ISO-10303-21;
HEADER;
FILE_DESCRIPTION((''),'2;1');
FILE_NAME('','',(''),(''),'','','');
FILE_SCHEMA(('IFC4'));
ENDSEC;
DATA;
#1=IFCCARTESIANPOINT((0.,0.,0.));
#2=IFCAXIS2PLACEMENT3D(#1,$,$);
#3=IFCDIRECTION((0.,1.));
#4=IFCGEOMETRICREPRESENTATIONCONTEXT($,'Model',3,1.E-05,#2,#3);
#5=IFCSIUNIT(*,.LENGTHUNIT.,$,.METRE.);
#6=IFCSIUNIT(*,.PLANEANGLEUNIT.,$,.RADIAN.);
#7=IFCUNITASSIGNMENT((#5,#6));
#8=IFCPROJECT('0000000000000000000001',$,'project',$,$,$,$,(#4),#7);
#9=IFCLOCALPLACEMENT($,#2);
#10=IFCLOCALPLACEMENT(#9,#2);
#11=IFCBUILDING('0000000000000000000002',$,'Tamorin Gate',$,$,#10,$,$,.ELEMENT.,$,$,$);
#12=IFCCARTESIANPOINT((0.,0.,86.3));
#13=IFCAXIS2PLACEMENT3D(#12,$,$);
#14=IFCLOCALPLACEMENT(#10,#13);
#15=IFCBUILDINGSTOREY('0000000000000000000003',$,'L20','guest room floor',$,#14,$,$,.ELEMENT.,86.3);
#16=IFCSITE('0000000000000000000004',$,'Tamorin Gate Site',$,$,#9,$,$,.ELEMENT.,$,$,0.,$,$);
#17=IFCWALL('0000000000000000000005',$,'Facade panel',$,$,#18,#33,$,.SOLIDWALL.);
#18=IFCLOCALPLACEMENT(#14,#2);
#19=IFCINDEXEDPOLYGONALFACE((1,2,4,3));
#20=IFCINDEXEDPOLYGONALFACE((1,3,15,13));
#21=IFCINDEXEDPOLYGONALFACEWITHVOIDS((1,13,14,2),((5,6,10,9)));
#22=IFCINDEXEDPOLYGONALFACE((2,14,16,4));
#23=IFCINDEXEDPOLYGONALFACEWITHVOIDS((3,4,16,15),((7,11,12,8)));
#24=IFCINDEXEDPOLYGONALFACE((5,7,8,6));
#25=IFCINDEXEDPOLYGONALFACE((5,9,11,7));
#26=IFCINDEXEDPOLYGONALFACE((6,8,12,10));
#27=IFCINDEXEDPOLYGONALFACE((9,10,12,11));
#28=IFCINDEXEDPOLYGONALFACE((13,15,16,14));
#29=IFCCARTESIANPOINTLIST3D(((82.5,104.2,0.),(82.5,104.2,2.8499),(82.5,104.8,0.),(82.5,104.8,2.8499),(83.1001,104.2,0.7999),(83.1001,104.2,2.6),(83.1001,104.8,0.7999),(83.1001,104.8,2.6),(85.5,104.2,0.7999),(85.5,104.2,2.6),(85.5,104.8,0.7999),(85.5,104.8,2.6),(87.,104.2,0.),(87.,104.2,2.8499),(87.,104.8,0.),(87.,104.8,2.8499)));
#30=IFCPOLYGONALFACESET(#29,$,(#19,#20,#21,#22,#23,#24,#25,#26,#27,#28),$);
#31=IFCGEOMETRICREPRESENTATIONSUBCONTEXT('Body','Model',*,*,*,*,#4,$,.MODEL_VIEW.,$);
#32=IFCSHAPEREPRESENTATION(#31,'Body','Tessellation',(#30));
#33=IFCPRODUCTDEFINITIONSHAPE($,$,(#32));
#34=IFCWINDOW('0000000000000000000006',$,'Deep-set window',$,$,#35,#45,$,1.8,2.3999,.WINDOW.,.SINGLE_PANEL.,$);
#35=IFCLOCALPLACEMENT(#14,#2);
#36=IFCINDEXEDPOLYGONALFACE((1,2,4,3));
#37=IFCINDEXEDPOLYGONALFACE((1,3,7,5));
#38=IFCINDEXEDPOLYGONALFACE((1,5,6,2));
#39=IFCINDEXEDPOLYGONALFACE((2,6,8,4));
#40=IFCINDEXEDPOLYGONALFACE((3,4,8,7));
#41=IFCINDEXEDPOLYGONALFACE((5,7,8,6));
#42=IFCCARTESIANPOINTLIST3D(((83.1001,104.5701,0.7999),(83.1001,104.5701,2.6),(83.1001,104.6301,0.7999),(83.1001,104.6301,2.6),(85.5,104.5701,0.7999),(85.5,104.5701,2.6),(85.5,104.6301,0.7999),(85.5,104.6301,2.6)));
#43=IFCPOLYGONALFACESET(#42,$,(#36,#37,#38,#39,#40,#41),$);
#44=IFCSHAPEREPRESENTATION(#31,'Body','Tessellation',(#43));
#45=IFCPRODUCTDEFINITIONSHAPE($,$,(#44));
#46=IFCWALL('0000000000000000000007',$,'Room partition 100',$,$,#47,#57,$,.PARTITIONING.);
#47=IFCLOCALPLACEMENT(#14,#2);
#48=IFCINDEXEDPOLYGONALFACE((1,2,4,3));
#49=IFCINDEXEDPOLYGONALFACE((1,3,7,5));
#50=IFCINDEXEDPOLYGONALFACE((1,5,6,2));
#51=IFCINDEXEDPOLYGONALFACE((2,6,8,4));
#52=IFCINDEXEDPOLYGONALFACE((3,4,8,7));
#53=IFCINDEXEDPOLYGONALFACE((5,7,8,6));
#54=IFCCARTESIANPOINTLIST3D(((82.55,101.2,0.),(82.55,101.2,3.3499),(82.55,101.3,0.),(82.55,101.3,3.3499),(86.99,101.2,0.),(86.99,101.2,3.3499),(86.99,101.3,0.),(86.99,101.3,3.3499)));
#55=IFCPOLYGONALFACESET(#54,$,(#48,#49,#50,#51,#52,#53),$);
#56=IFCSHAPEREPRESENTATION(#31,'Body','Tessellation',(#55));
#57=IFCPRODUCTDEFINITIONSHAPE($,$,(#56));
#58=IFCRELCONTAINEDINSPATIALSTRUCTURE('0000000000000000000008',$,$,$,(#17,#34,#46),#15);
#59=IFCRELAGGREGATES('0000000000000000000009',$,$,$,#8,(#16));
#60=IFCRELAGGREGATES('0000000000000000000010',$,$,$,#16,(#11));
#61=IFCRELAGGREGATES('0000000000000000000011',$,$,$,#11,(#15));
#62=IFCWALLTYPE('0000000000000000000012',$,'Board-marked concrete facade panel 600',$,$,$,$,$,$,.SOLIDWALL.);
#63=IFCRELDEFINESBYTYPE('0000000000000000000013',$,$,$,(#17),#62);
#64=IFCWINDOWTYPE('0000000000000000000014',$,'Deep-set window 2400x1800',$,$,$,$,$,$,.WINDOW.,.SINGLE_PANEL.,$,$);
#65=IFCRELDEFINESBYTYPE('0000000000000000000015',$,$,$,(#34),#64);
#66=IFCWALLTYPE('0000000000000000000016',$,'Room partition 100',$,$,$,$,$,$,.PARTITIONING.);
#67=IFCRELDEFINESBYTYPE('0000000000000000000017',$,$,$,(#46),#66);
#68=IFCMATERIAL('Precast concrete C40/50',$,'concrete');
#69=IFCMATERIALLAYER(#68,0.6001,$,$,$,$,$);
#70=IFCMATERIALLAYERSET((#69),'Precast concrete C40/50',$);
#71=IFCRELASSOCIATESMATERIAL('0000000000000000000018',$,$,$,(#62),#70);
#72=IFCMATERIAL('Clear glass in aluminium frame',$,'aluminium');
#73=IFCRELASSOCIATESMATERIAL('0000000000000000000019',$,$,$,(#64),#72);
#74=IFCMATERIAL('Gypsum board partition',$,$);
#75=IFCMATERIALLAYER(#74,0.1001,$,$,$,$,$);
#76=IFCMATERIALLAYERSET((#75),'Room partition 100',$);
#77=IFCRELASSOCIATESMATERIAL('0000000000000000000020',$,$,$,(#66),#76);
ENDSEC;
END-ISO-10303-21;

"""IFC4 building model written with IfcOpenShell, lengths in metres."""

from ifc_helpers import new_model, si_unit, direction, frame, frame_2d, origin, place, context, subcontext, project, spatial, rectangle, extrude, material, layer, layer_set, type_object, element, fill, save


model = new_model("IFC4")

# Units and contexts
model_context = context("Model", 3, precision=1e-05, world=origin(), true_north=direction((0.0, 1.0)))
body_context = subcontext(model_context, "Body", "Model", "MODEL_VIEW")
ifc_project = project(units=[si_unit("LENGTHUNIT", "METRE"), si_unit("PLANEANGLEUNIT", "RADIAN")], contexts=[model_context])

# Site, building, storey
site_placement = place(None, origin())
site = spatial("IfcSite", under=ifc_project, at=site_placement, Name="Tamorin Gate Site", CompositionType="ELEMENT", RefElevation=0.0)
building_placement = place(site_placement, origin())
building = spatial("IfcBuilding", under=site, at=building_placement, Name="Tamorin Gate", CompositionType="ELEMENT")
storey_placement = place(building_placement, frame((0.0, 0.0, 86.3)))
storey = spatial("IfcBuildingStorey", under=building, at=storey_placement, Name="L20", Description="guest room floor", CompositionType="ELEMENT", Elevation=86.3)

# Shared definitions
ifc_material_1 = material(Name="Precast concrete C40/50", Category="concrete")
ifc_layer_1 = layer(ifc_material_1, 0.6001)
ifc_layer_set_1 = layer_set([ifc_layer_1], Name="Precast concrete C40/50")
wall_type_1 = type_object("IfcWallType", Name="Board-marked concrete facade panel 600", PredefinedType="SOLIDWALL", material=ifc_layer_set_1)
ifc_material_2 = material(Name="Clear glass in aluminium frame", Category="aluminium")
window_type = type_object("IfcWindowType", Name="Deep-set window 2400x1800", PartitioningType="SINGLE_PANEL", PredefinedType="WINDOW", material=ifc_material_2)

# Wall, opening, window
wall_1_placement = place(storey_placement, frame((87.0, 104.5, 0.0), z_axis=(0.0, 0.0, 1.0), x_axis=(-1.0, 0.0, 0.0)))
wall_1 = element("IfcWall", 1, at=wall_1_placement, inside=storey, type_object=wall_type_1, Name="Facade panel", PredefinedType="SOLIDWALL", context=body_context, shape_type="SweptSolid", body=[
    extrude(rectangle(XDim=4.5, YDim=0.6001, at=frame_2d((2.25, 0.0))), origin(), (0.0, 0.0, 1.0), 2.8499),
])
opening_1_placement = place(wall_1_placement, frame((1.5, 0.0, 0.8)))
opening_1 = element("IfcOpeningElement", 2, at=opening_1_placement, cuts=wall_1, PredefinedType="OPENING", context=body_context, shape_type="SweptSolid", body=[
    extrude(rectangle(XDim=2.3999, YDim=1.8, at=frame_2d((1.2, 0.8999))), frame((0.0, 0.3101, 0.0), z_axis=(0.0, -1.0, 0.0), x_axis=(1.0, 0.0, 0.0)), (0.0, 0.0, 1.0), 0.6201),
])
window_1_placement = place(opening_1_placement, origin())
window_1 = element("IfcWindow", 3, at=window_1_placement, inside=storey, type_object=window_type, Name="Deep-set window", OverallHeight=1.8, OverallWidth=2.3999, PartitioningType="SINGLE_PANEL", PredefinedType="WINDOW", context=body_context, shape_type="SweptSolid", body=[
    extrude(rectangle(XDim=2.3999, YDim=1.8, at=frame_2d((1.2, 0.8999))), frame((0.0, -0.0701, 0.0), z_axis=(0.0, -1.0, 0.0), x_axis=(1.0, 0.0, 0.0)), (0.0, 0.0, 1.0), 0.0601),
])
fill(opening_1, window_1)

# Wall
ifc_material_3 = material(Name="Gypsum board partition")
ifc_layer_2 = layer(ifc_material_3, 0.1001)
ifc_layer_set_2 = layer_set([ifc_layer_2], Name="Room partition 100")
wall_type_2 = type_object("IfcWallType", Name="Room partition 100", PredefinedType="PARTITIONING", material=ifc_layer_set_2)
wall_2_placement = place(storey_placement, frame((82.55, 101.25, 0.0), z_axis=(0.0, 0.0, 1.0), x_axis=(1.0, 0.0, 0.0)))
element("IfcWall", 4, at=wall_2_placement, inside=storey, type_object=wall_type_2, Name="Room partition 100", PredefinedType="PARTITIONING", context=body_context, shape_type="SweptSolid", body=[
    extrude(rectangle(XDim=4.4399, YDim=0.1001, at=frame_2d((2.22, 0.0))), origin(), (0.0, 0.0, 1.0), 3.3499),
])

save(model, "model.ifc")
